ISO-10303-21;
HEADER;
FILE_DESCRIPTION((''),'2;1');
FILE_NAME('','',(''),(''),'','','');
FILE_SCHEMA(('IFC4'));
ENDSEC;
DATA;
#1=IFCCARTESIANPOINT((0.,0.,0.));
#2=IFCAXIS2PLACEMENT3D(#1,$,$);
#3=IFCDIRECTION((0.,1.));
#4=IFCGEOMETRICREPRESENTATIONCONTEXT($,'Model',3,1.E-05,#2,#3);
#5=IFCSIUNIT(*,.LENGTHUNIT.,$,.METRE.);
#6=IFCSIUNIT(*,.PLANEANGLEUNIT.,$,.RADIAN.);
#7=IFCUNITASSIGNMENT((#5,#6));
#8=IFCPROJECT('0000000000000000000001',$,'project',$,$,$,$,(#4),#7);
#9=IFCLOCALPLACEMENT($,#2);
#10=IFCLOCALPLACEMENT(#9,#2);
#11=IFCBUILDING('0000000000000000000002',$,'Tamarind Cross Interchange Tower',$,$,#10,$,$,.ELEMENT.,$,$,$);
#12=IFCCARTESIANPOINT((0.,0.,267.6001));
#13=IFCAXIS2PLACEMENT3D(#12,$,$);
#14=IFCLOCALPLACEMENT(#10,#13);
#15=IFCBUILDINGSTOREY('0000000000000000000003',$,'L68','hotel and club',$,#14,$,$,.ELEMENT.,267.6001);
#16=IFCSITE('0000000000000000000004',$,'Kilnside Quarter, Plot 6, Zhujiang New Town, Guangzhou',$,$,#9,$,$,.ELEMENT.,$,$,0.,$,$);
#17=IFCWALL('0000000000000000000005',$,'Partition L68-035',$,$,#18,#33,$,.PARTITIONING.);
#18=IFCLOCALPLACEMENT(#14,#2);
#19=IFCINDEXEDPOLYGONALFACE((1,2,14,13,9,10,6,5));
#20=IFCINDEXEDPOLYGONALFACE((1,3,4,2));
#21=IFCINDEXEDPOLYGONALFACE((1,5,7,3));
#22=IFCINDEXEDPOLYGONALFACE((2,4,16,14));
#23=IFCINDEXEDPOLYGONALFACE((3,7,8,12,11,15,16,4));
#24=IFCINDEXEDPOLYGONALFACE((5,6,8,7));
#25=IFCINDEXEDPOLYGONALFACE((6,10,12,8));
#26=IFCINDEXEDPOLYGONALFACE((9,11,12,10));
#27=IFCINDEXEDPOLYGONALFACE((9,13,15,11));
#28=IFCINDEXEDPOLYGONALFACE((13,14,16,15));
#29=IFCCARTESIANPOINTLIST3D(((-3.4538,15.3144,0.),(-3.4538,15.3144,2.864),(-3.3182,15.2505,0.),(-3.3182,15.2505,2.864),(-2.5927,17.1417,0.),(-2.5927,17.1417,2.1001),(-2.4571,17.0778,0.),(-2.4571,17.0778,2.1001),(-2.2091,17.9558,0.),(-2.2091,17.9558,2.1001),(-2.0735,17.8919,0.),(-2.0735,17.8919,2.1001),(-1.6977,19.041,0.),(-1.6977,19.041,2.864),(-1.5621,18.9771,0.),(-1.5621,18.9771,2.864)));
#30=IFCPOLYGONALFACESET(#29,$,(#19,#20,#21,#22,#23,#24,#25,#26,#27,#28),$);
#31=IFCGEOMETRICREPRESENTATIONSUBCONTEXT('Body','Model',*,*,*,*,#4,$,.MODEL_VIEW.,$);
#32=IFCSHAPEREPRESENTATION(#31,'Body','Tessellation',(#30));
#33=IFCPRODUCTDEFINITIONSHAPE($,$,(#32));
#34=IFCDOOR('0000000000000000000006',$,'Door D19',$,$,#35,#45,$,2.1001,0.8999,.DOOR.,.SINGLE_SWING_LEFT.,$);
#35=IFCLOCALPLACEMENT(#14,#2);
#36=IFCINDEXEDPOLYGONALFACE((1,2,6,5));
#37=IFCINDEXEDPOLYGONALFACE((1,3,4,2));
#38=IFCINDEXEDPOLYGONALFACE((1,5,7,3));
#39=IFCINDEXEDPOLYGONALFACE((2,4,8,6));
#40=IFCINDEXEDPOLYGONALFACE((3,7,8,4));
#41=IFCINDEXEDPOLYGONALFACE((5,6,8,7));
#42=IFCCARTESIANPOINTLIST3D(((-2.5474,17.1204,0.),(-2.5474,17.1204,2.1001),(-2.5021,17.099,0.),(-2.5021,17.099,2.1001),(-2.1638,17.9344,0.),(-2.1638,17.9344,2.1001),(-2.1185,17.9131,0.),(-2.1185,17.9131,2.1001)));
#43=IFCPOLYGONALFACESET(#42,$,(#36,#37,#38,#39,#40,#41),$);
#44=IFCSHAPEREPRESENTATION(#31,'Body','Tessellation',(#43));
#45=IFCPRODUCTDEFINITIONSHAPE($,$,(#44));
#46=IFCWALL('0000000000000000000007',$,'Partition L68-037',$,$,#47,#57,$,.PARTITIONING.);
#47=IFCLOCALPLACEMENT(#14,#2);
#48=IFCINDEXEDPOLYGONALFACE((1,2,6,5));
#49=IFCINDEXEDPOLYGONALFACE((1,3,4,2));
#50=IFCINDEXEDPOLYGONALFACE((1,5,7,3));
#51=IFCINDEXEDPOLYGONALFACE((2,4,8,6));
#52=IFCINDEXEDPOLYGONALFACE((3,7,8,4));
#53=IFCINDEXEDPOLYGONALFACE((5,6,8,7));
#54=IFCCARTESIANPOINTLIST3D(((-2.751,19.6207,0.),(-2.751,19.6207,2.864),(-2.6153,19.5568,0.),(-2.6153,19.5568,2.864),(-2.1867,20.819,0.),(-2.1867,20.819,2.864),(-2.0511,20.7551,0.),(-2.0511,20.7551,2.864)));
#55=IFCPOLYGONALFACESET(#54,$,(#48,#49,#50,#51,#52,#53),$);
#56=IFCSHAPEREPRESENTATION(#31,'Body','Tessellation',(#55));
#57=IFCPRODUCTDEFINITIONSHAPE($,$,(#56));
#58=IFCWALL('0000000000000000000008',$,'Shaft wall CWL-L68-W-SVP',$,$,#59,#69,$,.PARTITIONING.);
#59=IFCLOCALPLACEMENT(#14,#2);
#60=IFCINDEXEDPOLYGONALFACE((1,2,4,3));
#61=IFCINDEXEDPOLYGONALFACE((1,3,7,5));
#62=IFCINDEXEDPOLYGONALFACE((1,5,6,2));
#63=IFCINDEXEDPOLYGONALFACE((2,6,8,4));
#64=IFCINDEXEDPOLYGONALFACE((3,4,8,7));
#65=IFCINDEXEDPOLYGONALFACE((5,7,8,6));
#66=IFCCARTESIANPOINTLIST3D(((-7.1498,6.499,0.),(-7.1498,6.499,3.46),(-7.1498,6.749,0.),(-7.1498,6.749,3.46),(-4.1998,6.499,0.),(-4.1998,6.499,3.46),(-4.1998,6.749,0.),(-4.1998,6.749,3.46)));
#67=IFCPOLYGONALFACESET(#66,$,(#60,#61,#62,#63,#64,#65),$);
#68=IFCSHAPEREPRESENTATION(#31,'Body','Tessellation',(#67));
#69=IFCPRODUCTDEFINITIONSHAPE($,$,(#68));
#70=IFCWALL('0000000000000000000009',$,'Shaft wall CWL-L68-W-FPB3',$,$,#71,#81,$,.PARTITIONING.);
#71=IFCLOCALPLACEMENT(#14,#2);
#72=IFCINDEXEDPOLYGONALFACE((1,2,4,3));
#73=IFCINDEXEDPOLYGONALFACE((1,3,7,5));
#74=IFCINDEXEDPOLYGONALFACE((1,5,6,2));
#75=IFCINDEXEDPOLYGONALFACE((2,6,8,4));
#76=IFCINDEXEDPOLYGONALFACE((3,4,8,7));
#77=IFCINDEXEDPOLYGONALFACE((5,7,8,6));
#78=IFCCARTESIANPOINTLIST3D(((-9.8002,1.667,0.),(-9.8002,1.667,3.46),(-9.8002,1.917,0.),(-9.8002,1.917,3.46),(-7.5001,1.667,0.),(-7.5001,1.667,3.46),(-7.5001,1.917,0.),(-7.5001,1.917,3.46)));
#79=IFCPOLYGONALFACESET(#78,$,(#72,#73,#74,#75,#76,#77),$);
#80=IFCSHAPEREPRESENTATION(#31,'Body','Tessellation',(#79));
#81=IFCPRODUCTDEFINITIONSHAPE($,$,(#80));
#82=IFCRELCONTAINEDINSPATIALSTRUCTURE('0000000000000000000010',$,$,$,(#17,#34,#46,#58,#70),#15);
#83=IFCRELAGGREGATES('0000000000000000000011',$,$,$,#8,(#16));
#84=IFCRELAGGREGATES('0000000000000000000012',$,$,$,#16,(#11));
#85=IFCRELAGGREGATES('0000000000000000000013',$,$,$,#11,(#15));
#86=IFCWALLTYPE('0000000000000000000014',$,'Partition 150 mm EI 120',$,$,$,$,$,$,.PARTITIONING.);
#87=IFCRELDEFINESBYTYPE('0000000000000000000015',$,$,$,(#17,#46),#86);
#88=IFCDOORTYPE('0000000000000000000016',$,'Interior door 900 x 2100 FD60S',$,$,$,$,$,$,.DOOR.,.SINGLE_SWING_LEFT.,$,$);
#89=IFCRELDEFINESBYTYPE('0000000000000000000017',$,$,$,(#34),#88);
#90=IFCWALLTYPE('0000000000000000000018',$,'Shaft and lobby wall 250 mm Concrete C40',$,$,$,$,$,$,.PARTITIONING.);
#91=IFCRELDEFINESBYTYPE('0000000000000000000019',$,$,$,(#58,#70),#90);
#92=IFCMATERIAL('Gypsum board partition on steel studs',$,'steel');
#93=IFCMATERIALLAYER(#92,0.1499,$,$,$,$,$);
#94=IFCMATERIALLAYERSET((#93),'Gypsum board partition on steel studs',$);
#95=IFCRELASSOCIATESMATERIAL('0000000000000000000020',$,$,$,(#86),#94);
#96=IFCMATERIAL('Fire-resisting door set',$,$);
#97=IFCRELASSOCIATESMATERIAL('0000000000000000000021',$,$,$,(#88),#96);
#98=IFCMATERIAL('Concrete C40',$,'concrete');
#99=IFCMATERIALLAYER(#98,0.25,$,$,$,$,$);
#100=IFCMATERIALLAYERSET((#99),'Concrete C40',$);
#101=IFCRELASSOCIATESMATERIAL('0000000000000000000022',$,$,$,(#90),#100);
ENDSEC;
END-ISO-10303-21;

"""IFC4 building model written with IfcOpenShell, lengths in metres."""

from ifc_helpers import new_model, si_unit, direction, frame, frame_2d, origin, place, context, subcontext, project, spatial, rectangle, extrude, material, layer, layer_set, type_object, element, fill, save


model = new_model("IFC4")

# Units and contexts
model_context = context("Model", 3, precision=1e-05, world=origin(), true_north=direction((0.0, 1.0)))
body_context = subcontext(model_context, "Body", "Model", "MODEL_VIEW")
ifc_project = project(units=[si_unit("LENGTHUNIT", "METRE"), si_unit("PLANEANGLEUNIT", "RADIAN")], contexts=[model_context])

# Site, building, storey
site_placement = place(None, origin())
site = spatial("IfcSite", under=ifc_project, at=site_placement, Name="Kilnside Quarter, Plot 6, Zhujiang New Town, Guangzhou", CompositionType="ELEMENT", RefElevation=0.0)
building_placement = place(site_placement, origin())
building = spatial("IfcBuilding", under=site, at=building_placement, Name="Tamarind Cross Interchange Tower", CompositionType="ELEMENT")
storey_placement = place(building_placement, frame((0.0, 0.0, 267.6001)))
storey = spatial("IfcBuildingStorey", under=building, at=storey_placement, Name="L68", Description="hotel and club", CompositionType="ELEMENT", Elevation=267.6001)

# Shared definitions
ifc_material_1 = material(Name="Gypsum board partition on steel studs", Category="steel")
ifc_layer_1 = layer(ifc_material_1, 0.1499)
ifc_layer_set_1 = layer_set([ifc_layer_1], Name="Gypsum board partition on steel studs")
wall_type_1 = type_object("IfcWallType", Name="Partition 150 mm EI 120", PredefinedType="PARTITIONING", material=ifc_layer_set_1)
ifc_material_2 = material(Name="Fire-resisting door set")

# Wall, opening, door
wall_1_placement = place(storey_placement, frame((-3.386, 15.2825, 0.0), z_axis=(0.0, 0.0, 1.0), x_axis=(0.426279, 0.904592, 0.0)))
wall_1 = element("IfcWall", 1, at=wall_1_placement, inside=storey, type_object=wall_type_1, Name="Partition L68-035", PredefinedType="PARTITIONING", context=body_context, shape_type="SweptSolid", body=[
    extrude(rectangle(XDim=4.1196, YDim=0.1499, at=frame_2d((2.0598, 0.0))), origin(), (0.0, 0.0, 1.0), 2.864),
])
opening_1_placement = place(wall_1_placement, frame((2.02, 0.0, 0.0)))
opening_1 = element("IfcOpeningElement", 2, at=opening_1_placement, cuts=wall_1, PredefinedType="OPENING", context=body_context, shape_type="SweptSolid", body=[
    extrude(rectangle(XDim=0.8999, YDim=2.1001, at=frame_2d((0.45, 1.05))), frame((0.0, 0.085, 0.0), z_axis=(0.0, -1.0, 0.0), x_axis=(1.0, 0.0, 0.0)), (0.0, 0.0, 1.0), 0.1699),
])
door_type_1 = type_object("IfcDoorType", Name="Interior door 900 x 2100 FD60S", OperationType="SINGLE_SWING_LEFT", PredefinedType="DOOR", material=ifc_material_2)
door_1_placement = place(opening_1_placement, origin())
door_1 = element("IfcDoor", 3, at=door_1_placement, inside=storey, type_object=door_type_1, Name="Door D19", OperationType="SINGLE_SWING_LEFT", OverallHeight=2.1001, OverallWidth=0.8999, PredefinedType="DOOR", context=body_context, shape_type="SweptSolid", body=[
    extrude(rectangle(XDim=0.8999, YDim=2.1001, at=frame_2d((0.45, 1.05))), frame((0.0, 0.0249, 0.0), z_axis=(0.0, -1.0, 0.0), x_axis=(1.0, 0.0, 0.0)), (0.0, 0.0, 1.0), 0.05),
])
fill(opening_1, door_1)

# Walls
wall_2_placement = place(storey_placement, frame((-2.6831, 19.5889, 0.0), z_axis=(0.0, 0.0, 1.0), x_axis=(0.426001, 0.904723, 0.0)))
element("IfcWall", 4, at=wall_2_placement, inside=storey, type_object=wall_type_1, Name="Partition L68-037", PredefinedType="PARTITIONING", context=body_context, shape_type="SweptSolid", body=[
    extrude(rectangle(XDim=1.3245, YDim=0.1499, at=frame_2d((0.6621, 0.0))), origin(), (0.0, 0.0, 1.0), 2.864),
])
ifc_material_3 = material(Name="Concrete C40", Category="concrete")
ifc_layer_2 = layer(ifc_material_3, 0.25)
ifc_layer_set_2 = layer_set([ifc_layer_2], Name="Concrete C40")
wall_type_2 = type_object("IfcWallType", Name="Shaft and lobby wall 250 mm Concrete C40", PredefinedType="PARTITIONING", material=ifc_layer_set_2)
wall_3_placement = place(storey_placement, frame((-7.1499, 6.624, 0.0), z_axis=(0.0, 0.0, 1.0), x_axis=(1.0, 0.0, 0.0)))
element("IfcWall", 5, at=wall_3_placement, inside=storey, type_object=wall_type_2, Name="Shaft wall CWL-L68-W-SVP", PredefinedType="PARTITIONING", context=body_context, shape_type="SweptSolid", body=[
    extrude(rectangle(XDim=2.95, YDim=0.25, at=frame_2d((1.4751, 0.0))), origin(), (0.0, 0.0, 1.0), 3.46),
])
wall_4_placement = place(storey_placement, frame((-9.8, 1.792, 0.0), z_axis=(0.0, 0.0, 1.0), x_axis=(1.0, 0.0, 0.0)))
element("IfcWall", 6, at=wall_4_placement, inside=storey, type_object=wall_type_2, Name="Shaft wall CWL-L68-W-FPB3", PredefinedType="PARTITIONING", context=body_context, shape_type="SweptSolid", body=[
    extrude(rectangle(XDim=2.3, YDim=0.25, at=frame_2d((1.1499, 0.0))), origin(), (0.0, 0.0, 1.0), 3.46),
])

save(model, "model.ifc")
